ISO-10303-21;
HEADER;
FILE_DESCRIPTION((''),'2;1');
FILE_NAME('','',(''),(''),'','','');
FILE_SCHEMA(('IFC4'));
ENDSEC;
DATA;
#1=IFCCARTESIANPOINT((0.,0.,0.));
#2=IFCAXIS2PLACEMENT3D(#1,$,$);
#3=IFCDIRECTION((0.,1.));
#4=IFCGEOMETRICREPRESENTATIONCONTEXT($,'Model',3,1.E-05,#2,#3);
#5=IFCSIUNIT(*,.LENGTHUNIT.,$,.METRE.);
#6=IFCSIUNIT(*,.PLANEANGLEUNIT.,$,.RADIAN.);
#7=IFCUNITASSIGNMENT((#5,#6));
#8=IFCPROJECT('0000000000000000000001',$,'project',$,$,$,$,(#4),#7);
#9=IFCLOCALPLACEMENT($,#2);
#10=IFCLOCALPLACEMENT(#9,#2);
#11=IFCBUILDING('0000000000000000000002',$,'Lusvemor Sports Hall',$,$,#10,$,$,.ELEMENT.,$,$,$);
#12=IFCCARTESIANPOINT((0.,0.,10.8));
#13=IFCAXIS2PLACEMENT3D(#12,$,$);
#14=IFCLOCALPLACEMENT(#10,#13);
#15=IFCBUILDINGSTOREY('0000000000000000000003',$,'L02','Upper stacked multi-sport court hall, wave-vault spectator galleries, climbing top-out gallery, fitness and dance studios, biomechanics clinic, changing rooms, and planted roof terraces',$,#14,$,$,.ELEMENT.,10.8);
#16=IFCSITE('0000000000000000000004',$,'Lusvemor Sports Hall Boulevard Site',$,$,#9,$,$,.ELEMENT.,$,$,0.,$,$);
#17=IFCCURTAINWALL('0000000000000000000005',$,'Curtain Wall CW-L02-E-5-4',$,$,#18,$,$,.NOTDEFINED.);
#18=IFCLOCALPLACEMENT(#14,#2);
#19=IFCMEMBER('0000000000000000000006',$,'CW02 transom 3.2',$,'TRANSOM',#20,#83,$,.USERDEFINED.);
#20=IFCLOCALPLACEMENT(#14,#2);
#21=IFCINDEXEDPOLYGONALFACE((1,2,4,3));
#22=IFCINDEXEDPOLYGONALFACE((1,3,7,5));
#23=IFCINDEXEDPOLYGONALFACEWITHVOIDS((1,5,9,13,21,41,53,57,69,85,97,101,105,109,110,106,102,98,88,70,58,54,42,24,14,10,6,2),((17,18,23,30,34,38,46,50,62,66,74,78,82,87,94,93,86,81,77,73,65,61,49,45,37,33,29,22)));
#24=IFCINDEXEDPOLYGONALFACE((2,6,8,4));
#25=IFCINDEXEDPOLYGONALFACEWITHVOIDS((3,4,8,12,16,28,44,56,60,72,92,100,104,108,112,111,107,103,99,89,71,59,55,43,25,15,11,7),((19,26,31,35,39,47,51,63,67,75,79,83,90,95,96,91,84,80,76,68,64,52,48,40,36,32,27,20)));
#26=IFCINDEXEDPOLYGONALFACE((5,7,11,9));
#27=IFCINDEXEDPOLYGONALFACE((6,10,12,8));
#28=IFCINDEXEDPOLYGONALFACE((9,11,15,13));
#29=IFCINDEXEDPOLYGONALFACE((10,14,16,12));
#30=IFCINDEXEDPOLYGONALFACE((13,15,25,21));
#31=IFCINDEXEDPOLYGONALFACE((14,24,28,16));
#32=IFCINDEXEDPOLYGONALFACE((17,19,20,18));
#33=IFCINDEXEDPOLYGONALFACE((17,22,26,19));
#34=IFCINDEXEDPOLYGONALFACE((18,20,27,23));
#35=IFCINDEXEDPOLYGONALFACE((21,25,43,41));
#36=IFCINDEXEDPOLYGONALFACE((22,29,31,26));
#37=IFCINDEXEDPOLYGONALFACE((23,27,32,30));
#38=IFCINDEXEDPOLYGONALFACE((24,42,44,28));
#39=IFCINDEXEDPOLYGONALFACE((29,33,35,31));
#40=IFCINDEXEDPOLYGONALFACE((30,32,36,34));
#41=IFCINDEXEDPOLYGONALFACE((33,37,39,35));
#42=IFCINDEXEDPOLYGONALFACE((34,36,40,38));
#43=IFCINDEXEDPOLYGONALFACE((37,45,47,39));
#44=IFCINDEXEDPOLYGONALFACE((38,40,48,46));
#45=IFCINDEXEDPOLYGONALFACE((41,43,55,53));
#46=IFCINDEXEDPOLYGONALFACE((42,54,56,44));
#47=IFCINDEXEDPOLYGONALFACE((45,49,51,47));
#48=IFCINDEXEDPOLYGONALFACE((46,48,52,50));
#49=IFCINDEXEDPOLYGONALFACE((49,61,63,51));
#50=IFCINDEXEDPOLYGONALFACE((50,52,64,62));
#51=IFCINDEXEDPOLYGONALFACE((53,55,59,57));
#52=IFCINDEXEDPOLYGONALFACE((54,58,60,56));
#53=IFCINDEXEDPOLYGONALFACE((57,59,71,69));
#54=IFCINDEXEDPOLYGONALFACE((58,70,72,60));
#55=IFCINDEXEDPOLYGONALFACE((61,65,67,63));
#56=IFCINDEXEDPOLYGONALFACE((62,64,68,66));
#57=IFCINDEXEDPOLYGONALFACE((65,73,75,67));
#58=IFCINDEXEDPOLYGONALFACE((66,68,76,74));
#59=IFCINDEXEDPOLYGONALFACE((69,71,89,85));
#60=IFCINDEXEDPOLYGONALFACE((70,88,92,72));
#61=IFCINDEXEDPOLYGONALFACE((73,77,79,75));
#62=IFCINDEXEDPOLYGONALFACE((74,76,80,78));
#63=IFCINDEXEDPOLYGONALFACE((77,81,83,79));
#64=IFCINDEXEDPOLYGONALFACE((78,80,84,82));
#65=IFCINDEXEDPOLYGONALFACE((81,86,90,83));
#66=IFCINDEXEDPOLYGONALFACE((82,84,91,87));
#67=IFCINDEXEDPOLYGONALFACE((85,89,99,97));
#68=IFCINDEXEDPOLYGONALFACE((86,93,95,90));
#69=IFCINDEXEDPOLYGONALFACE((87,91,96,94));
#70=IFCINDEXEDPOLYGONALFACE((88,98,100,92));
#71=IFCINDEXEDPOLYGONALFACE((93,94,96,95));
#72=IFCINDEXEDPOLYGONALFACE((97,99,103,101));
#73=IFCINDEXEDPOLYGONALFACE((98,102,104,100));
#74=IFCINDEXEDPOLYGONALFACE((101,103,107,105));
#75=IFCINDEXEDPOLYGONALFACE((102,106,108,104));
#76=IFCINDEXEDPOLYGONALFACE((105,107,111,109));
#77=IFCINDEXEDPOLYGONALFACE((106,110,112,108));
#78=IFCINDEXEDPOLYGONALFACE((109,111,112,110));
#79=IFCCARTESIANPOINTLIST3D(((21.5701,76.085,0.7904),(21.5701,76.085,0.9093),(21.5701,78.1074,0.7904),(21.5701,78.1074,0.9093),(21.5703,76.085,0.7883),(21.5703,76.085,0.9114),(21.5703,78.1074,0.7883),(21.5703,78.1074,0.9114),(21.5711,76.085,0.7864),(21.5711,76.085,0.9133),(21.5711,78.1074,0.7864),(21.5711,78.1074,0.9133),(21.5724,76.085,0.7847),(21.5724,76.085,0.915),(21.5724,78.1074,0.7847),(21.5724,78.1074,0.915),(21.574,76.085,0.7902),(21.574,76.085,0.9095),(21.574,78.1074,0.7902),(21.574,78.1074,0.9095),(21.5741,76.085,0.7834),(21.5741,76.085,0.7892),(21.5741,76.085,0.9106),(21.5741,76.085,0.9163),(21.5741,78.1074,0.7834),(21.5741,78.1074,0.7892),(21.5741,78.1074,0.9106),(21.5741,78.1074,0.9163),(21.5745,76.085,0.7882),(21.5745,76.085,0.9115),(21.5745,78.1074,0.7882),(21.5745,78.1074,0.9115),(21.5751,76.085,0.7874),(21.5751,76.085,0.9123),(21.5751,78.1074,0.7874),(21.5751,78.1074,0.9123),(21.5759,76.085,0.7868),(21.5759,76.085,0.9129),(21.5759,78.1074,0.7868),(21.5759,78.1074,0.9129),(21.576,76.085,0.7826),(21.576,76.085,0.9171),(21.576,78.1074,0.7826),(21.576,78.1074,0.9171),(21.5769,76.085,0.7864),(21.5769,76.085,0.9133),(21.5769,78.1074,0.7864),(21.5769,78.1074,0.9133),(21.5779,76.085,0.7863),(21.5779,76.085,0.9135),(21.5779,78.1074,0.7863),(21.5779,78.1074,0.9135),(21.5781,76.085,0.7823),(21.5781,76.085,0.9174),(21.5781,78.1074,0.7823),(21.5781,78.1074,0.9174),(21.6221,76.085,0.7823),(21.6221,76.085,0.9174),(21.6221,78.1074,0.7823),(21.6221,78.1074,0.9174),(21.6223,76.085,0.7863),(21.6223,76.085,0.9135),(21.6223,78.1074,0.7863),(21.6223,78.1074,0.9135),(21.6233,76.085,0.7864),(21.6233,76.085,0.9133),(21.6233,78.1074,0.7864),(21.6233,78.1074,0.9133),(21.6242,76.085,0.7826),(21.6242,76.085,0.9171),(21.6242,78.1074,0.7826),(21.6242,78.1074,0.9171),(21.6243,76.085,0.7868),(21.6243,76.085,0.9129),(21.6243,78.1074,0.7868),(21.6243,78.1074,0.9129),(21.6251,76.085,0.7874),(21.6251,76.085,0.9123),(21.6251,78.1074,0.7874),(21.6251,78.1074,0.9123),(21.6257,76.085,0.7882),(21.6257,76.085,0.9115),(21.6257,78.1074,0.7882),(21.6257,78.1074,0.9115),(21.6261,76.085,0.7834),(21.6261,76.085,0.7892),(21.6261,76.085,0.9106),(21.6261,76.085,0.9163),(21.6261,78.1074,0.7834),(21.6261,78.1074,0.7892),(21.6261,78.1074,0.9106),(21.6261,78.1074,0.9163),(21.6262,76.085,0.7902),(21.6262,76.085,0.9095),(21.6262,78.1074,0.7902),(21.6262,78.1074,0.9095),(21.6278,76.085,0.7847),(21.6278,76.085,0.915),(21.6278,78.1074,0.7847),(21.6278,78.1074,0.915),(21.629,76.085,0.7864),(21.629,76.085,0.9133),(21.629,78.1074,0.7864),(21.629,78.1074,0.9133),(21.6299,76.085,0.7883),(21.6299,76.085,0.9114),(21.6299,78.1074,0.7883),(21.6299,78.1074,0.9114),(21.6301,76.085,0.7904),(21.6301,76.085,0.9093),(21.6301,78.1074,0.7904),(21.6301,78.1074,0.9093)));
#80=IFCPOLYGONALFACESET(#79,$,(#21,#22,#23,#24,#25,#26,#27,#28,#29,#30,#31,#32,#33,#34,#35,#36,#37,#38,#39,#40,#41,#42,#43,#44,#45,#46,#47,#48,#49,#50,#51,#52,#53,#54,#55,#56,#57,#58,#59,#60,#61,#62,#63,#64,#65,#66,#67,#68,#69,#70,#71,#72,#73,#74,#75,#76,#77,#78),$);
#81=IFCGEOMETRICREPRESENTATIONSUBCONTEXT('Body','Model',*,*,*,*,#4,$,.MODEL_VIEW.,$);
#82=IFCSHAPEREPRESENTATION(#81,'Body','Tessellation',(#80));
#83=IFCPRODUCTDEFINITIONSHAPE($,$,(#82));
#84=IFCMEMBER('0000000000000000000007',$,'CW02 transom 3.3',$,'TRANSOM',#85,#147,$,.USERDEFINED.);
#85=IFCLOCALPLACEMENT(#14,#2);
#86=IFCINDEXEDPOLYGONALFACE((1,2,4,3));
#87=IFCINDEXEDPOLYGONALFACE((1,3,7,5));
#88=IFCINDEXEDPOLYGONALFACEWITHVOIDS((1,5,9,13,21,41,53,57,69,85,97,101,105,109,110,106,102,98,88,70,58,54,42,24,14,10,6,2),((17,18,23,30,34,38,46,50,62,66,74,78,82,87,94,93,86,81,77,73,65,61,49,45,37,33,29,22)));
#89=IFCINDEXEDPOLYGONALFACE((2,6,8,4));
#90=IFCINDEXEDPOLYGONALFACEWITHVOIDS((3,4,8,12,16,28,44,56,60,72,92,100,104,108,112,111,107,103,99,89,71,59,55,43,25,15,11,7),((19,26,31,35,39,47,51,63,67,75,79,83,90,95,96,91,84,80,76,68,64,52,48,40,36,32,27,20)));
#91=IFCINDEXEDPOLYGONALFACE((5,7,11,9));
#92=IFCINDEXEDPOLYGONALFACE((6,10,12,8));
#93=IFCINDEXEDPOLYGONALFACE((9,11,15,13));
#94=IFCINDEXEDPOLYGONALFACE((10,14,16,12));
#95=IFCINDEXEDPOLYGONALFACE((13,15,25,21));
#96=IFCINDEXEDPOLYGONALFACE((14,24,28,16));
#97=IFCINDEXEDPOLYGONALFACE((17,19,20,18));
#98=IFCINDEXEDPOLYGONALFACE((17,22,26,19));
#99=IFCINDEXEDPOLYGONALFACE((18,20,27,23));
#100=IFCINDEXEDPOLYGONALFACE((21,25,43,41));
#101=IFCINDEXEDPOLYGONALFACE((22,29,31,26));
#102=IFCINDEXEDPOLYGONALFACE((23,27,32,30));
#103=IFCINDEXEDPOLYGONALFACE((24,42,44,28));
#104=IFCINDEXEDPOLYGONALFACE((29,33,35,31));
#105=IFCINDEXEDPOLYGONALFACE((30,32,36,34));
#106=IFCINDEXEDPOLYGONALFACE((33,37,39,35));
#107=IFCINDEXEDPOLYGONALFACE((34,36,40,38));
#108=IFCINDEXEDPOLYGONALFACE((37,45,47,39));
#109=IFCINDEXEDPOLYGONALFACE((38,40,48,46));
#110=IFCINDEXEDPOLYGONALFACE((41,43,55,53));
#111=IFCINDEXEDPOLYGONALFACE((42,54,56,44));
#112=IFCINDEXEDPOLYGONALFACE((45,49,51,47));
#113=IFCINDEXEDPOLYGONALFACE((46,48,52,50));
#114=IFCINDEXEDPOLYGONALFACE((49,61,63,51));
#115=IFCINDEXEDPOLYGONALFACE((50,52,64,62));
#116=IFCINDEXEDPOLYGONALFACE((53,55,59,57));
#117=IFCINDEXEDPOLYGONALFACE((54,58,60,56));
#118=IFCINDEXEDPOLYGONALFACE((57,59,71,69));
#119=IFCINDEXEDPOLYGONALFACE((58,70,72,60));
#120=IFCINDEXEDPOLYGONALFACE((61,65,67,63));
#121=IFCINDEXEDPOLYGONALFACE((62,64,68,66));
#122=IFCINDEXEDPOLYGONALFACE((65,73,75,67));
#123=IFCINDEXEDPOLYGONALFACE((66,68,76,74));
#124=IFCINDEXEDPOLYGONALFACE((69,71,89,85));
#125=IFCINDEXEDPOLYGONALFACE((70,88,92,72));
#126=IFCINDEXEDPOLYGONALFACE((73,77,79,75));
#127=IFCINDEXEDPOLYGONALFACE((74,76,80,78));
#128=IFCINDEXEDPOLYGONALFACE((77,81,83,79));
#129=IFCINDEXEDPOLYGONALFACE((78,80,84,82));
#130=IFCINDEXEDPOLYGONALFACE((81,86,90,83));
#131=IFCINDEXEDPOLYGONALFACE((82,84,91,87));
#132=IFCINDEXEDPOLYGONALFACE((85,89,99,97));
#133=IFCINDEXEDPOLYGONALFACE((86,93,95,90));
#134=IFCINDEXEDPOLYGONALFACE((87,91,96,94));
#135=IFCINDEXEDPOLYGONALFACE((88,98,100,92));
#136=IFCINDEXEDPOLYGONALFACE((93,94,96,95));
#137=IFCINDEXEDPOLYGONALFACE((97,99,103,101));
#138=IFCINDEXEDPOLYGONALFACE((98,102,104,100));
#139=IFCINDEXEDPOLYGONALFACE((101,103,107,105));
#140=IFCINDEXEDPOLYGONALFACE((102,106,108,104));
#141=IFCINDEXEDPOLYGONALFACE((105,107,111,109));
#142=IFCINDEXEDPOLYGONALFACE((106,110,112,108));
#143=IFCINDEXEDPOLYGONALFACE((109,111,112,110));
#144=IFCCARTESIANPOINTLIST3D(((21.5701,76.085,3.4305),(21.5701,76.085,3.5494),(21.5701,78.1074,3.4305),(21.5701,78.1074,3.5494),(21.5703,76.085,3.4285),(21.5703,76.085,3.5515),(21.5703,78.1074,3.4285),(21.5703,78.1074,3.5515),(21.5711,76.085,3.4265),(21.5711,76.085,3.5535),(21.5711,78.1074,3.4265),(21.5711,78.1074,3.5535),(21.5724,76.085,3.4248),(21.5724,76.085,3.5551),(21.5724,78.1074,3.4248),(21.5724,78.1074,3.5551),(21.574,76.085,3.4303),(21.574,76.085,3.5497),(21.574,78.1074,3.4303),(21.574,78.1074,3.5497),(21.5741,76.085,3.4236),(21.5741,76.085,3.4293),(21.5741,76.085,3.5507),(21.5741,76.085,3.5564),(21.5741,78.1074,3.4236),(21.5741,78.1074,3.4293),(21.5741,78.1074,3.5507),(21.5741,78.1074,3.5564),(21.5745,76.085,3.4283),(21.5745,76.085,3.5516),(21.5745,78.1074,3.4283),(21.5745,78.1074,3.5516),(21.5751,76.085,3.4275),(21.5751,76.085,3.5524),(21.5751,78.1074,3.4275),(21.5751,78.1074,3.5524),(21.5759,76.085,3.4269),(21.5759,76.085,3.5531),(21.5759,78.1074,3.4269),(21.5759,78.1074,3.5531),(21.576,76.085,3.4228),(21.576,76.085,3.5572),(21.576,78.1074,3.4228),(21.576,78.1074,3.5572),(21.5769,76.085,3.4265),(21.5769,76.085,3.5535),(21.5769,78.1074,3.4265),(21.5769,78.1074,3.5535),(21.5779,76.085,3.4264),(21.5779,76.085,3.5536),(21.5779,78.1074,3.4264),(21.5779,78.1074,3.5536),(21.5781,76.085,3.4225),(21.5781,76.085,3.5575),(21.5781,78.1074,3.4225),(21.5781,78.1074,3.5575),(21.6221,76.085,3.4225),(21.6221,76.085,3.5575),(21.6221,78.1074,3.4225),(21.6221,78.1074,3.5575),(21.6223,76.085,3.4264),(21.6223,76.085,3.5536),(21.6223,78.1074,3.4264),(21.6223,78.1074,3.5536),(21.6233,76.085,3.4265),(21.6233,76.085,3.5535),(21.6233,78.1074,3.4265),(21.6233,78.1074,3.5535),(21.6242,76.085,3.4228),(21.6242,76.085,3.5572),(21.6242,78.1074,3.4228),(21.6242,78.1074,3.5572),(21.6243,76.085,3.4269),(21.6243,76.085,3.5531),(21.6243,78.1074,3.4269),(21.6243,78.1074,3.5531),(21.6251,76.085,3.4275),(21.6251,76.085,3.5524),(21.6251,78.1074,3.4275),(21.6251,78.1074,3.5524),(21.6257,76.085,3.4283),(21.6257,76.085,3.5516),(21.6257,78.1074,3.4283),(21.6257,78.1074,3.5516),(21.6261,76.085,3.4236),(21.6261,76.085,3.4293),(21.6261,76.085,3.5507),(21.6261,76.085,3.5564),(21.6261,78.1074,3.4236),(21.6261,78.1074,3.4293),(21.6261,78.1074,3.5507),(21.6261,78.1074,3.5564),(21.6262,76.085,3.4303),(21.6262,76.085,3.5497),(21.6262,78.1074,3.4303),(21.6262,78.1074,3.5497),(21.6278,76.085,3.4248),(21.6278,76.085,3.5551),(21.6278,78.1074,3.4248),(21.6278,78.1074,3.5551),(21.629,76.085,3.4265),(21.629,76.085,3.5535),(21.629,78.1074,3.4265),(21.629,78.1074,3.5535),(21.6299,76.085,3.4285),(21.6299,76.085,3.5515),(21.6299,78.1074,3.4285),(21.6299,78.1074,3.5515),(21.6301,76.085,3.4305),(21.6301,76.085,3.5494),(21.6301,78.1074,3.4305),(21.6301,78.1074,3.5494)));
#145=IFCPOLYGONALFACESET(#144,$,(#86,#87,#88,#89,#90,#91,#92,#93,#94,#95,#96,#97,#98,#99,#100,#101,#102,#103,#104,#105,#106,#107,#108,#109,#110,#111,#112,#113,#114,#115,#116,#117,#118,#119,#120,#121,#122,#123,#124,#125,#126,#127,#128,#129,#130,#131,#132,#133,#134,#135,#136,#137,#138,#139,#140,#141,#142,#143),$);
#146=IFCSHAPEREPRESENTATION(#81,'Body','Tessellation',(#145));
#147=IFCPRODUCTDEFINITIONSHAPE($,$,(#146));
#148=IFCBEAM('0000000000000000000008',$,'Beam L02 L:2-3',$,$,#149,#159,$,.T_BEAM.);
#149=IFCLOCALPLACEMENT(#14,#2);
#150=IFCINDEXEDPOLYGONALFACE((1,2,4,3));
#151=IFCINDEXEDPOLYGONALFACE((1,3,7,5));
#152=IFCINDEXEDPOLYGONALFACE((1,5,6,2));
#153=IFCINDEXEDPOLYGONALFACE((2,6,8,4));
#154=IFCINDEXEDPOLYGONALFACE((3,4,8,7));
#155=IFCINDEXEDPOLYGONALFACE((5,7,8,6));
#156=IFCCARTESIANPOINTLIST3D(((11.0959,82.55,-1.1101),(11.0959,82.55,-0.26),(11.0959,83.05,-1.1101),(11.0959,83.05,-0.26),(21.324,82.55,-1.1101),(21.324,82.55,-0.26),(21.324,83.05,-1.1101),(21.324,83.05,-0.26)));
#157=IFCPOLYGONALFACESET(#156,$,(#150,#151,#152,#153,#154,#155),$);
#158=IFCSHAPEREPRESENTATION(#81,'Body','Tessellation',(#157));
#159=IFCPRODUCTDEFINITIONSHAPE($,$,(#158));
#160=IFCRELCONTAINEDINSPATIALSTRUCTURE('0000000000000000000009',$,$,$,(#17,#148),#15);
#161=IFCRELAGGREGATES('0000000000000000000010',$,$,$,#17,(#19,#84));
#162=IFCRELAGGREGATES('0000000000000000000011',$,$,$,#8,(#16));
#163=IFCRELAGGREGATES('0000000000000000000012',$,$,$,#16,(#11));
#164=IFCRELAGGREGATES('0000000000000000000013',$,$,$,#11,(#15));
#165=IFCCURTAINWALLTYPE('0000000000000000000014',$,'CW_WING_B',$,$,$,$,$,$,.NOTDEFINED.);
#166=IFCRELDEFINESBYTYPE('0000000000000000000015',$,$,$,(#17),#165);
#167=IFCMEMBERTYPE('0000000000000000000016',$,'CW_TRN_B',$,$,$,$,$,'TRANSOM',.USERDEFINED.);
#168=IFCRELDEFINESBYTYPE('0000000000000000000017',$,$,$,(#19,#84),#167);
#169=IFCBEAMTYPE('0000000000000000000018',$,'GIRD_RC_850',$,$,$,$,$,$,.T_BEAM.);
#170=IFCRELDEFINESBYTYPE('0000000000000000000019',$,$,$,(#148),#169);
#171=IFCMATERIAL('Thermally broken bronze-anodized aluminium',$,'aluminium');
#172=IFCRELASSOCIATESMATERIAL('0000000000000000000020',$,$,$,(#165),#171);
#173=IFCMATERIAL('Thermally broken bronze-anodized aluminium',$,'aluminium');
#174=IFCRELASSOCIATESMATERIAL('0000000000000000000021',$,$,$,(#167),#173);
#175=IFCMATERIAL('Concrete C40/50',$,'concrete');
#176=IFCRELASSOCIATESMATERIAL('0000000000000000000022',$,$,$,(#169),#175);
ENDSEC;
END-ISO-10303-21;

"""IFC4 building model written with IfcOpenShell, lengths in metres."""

from ifc_helpers import new_model, si_unit, direction, frame, origin, origin_2d, place, context, subcontext, project, spatial, rectangle, hollow_rectangle, extrude, material, material_profile, profile_set, type_object, element, aggregate, save


model = new_model("IFC4")

# Units and contexts
model_context = context("Model", 3, precision=1e-05, world=origin(), true_north=direction((0.0, 1.0)))
body_context = subcontext(model_context, "Body", "Model", "MODEL_VIEW")
ifc_project = project(units=[si_unit("LENGTHUNIT", "METRE"), si_unit("PLANEANGLEUNIT", "RADIAN")], contexts=[model_context])

# Site, building, storey
site_placement = place(None, origin())
site = spatial("IfcSite", under=ifc_project, at=site_placement, Name="Lusvemor Sports Hall Boulevard Site", CompositionType="ELEMENT", RefElevation=0.0)
building_placement = place(site_placement, origin())
building = spatial("IfcBuilding", under=site, at=building_placement, Name="Lusvemor Sports Hall", CompositionType="ELEMENT")
storey_placement = place(building_placement, frame((0.0, 0.0, 10.8)))
storey = spatial("IfcBuildingStorey", under=building, at=storey_placement, Name="L02", Description="Upper stacked multi-sport court hall, wave-vault spectator galleries, climbing top-out gallery, fitness and dance studios, biomechanics clinic, changing rooms, and planted roof terraces", CompositionType="ELEMENT", Elevation=10.8)

# Curtain wall, members
ifc_material_1 = material(Name="Thermally broken bronze-anodized aluminium", Category="aluminium")
curtain_wall_type = type_object("IfcCurtainWallType", Name="CW_WING_B", PredefinedType="NOTDEFINED", material=ifc_material_1)
curtain_wall_placement = place(storey_placement, origin())
curtain_wall = element("IfcCurtainWall", 1, at=curtain_wall_placement, inside=storey, type_object=curtain_wall_type, Name="Curtain Wall CW-L02-E-5-4", PredefinedType="NOTDEFINED")
ifc_material_2 = material(Name="Thermally broken bronze-anodized aluminium", Category="aluminium")
ifc_material_profile_1 = material_profile(ifc_material_2, hollow_rectangle(XDim=0.0601, YDim=0.135, WallThickness=0.0039, InnerFilletRadius=0.0039, OuterFilletRadius=0.0081, at=origin_2d()), Name="CWTRN135x60x4")
ifc_profile_set_1 = profile_set([ifc_material_profile_1], Name="Thermally broken bronze-anodized aluminium")
member_type_1 = type_object("IfcMemberType", Name="CW_TRN_B", ElementType="TRANSOM", PredefinedType="USERDEFINED", material=ifc_profile_set_1)
member_1_placement = place(storey_placement, frame((21.6001, 78.1074, 0.8499), z_axis=(0.0, -1.0, 0.0), x_axis=(1.0, 0.0, 0.0)))
member_1 = element("IfcMember", 2, at=member_1_placement, type_object=member_type_1, Name="CW02 transom 3.2", ObjectType="TRANSOM", PredefinedType="USERDEFINED", context=body_context, shape_type="SweptSolid", body=[
    extrude(hollow_rectangle(XDim=0.0601, YDim=0.135, WallThickness=0.0039, InnerFilletRadius=0.0039, OuterFilletRadius=0.0081, at=origin_2d()), origin(), (0.0, 0.0, 1.0), 2.0225),
])
member_2_placement = place(storey_placement, frame((21.6001, 78.1074, 3.49), z_axis=(0.0, -1.0, 0.0), x_axis=(1.0, 0.0, 0.0)))
member_2 = element("IfcMember", 3, at=member_2_placement, type_object=member_type_1, Name="CW02 transom 3.3", ObjectType="TRANSOM", PredefinedType="USERDEFINED", context=body_context, shape_type="SweptSolid", body=[
    extrude(hollow_rectangle(XDim=0.0601, YDim=0.135, WallThickness=0.0039, InnerFilletRadius=0.0039, OuterFilletRadius=0.0081, at=origin_2d()), origin(), (0.0, 0.0, 1.0), 2.0225),
])

# Beam
ifc_material_3 = material(Name="Concrete C40/50", Category="concrete")
ifc_material_profile_2 = material_profile(ifc_material_3, rectangle(XDim=0.5, YDim=0.8501, at=origin_2d()), Name="RC500x850")
ifc_profile_set_2 = profile_set([ifc_material_profile_2], Name="Concrete C40/50")
beam_type_1 = type_object("IfcBeamType", Name="GIRD_RC_850", PredefinedType="T_BEAM", material=ifc_profile_set_2)
beam_1_placement = place(storey_placement, frame((11.0959, 82.8, -0.6851), z_axis=(1.0, 0.0, 0.0), x_axis=(0.0, 1.0, 0.0)))
element("IfcBeam", 4, at=beam_1_placement, inside=storey, type_object=beam_type_1, Name="Beam L02 L:2-3", PredefinedType="T_BEAM", context=body_context, shape_type="SweptSolid", body=[
    extrude(rectangle(XDim=0.5, YDim=0.8501, at=origin_2d()), origin(), (0.0, 0.0, 1.0), 10.228),
])

aggregate(curtain_wall, [member_1, member_2])

save(model, "model.ifc")
